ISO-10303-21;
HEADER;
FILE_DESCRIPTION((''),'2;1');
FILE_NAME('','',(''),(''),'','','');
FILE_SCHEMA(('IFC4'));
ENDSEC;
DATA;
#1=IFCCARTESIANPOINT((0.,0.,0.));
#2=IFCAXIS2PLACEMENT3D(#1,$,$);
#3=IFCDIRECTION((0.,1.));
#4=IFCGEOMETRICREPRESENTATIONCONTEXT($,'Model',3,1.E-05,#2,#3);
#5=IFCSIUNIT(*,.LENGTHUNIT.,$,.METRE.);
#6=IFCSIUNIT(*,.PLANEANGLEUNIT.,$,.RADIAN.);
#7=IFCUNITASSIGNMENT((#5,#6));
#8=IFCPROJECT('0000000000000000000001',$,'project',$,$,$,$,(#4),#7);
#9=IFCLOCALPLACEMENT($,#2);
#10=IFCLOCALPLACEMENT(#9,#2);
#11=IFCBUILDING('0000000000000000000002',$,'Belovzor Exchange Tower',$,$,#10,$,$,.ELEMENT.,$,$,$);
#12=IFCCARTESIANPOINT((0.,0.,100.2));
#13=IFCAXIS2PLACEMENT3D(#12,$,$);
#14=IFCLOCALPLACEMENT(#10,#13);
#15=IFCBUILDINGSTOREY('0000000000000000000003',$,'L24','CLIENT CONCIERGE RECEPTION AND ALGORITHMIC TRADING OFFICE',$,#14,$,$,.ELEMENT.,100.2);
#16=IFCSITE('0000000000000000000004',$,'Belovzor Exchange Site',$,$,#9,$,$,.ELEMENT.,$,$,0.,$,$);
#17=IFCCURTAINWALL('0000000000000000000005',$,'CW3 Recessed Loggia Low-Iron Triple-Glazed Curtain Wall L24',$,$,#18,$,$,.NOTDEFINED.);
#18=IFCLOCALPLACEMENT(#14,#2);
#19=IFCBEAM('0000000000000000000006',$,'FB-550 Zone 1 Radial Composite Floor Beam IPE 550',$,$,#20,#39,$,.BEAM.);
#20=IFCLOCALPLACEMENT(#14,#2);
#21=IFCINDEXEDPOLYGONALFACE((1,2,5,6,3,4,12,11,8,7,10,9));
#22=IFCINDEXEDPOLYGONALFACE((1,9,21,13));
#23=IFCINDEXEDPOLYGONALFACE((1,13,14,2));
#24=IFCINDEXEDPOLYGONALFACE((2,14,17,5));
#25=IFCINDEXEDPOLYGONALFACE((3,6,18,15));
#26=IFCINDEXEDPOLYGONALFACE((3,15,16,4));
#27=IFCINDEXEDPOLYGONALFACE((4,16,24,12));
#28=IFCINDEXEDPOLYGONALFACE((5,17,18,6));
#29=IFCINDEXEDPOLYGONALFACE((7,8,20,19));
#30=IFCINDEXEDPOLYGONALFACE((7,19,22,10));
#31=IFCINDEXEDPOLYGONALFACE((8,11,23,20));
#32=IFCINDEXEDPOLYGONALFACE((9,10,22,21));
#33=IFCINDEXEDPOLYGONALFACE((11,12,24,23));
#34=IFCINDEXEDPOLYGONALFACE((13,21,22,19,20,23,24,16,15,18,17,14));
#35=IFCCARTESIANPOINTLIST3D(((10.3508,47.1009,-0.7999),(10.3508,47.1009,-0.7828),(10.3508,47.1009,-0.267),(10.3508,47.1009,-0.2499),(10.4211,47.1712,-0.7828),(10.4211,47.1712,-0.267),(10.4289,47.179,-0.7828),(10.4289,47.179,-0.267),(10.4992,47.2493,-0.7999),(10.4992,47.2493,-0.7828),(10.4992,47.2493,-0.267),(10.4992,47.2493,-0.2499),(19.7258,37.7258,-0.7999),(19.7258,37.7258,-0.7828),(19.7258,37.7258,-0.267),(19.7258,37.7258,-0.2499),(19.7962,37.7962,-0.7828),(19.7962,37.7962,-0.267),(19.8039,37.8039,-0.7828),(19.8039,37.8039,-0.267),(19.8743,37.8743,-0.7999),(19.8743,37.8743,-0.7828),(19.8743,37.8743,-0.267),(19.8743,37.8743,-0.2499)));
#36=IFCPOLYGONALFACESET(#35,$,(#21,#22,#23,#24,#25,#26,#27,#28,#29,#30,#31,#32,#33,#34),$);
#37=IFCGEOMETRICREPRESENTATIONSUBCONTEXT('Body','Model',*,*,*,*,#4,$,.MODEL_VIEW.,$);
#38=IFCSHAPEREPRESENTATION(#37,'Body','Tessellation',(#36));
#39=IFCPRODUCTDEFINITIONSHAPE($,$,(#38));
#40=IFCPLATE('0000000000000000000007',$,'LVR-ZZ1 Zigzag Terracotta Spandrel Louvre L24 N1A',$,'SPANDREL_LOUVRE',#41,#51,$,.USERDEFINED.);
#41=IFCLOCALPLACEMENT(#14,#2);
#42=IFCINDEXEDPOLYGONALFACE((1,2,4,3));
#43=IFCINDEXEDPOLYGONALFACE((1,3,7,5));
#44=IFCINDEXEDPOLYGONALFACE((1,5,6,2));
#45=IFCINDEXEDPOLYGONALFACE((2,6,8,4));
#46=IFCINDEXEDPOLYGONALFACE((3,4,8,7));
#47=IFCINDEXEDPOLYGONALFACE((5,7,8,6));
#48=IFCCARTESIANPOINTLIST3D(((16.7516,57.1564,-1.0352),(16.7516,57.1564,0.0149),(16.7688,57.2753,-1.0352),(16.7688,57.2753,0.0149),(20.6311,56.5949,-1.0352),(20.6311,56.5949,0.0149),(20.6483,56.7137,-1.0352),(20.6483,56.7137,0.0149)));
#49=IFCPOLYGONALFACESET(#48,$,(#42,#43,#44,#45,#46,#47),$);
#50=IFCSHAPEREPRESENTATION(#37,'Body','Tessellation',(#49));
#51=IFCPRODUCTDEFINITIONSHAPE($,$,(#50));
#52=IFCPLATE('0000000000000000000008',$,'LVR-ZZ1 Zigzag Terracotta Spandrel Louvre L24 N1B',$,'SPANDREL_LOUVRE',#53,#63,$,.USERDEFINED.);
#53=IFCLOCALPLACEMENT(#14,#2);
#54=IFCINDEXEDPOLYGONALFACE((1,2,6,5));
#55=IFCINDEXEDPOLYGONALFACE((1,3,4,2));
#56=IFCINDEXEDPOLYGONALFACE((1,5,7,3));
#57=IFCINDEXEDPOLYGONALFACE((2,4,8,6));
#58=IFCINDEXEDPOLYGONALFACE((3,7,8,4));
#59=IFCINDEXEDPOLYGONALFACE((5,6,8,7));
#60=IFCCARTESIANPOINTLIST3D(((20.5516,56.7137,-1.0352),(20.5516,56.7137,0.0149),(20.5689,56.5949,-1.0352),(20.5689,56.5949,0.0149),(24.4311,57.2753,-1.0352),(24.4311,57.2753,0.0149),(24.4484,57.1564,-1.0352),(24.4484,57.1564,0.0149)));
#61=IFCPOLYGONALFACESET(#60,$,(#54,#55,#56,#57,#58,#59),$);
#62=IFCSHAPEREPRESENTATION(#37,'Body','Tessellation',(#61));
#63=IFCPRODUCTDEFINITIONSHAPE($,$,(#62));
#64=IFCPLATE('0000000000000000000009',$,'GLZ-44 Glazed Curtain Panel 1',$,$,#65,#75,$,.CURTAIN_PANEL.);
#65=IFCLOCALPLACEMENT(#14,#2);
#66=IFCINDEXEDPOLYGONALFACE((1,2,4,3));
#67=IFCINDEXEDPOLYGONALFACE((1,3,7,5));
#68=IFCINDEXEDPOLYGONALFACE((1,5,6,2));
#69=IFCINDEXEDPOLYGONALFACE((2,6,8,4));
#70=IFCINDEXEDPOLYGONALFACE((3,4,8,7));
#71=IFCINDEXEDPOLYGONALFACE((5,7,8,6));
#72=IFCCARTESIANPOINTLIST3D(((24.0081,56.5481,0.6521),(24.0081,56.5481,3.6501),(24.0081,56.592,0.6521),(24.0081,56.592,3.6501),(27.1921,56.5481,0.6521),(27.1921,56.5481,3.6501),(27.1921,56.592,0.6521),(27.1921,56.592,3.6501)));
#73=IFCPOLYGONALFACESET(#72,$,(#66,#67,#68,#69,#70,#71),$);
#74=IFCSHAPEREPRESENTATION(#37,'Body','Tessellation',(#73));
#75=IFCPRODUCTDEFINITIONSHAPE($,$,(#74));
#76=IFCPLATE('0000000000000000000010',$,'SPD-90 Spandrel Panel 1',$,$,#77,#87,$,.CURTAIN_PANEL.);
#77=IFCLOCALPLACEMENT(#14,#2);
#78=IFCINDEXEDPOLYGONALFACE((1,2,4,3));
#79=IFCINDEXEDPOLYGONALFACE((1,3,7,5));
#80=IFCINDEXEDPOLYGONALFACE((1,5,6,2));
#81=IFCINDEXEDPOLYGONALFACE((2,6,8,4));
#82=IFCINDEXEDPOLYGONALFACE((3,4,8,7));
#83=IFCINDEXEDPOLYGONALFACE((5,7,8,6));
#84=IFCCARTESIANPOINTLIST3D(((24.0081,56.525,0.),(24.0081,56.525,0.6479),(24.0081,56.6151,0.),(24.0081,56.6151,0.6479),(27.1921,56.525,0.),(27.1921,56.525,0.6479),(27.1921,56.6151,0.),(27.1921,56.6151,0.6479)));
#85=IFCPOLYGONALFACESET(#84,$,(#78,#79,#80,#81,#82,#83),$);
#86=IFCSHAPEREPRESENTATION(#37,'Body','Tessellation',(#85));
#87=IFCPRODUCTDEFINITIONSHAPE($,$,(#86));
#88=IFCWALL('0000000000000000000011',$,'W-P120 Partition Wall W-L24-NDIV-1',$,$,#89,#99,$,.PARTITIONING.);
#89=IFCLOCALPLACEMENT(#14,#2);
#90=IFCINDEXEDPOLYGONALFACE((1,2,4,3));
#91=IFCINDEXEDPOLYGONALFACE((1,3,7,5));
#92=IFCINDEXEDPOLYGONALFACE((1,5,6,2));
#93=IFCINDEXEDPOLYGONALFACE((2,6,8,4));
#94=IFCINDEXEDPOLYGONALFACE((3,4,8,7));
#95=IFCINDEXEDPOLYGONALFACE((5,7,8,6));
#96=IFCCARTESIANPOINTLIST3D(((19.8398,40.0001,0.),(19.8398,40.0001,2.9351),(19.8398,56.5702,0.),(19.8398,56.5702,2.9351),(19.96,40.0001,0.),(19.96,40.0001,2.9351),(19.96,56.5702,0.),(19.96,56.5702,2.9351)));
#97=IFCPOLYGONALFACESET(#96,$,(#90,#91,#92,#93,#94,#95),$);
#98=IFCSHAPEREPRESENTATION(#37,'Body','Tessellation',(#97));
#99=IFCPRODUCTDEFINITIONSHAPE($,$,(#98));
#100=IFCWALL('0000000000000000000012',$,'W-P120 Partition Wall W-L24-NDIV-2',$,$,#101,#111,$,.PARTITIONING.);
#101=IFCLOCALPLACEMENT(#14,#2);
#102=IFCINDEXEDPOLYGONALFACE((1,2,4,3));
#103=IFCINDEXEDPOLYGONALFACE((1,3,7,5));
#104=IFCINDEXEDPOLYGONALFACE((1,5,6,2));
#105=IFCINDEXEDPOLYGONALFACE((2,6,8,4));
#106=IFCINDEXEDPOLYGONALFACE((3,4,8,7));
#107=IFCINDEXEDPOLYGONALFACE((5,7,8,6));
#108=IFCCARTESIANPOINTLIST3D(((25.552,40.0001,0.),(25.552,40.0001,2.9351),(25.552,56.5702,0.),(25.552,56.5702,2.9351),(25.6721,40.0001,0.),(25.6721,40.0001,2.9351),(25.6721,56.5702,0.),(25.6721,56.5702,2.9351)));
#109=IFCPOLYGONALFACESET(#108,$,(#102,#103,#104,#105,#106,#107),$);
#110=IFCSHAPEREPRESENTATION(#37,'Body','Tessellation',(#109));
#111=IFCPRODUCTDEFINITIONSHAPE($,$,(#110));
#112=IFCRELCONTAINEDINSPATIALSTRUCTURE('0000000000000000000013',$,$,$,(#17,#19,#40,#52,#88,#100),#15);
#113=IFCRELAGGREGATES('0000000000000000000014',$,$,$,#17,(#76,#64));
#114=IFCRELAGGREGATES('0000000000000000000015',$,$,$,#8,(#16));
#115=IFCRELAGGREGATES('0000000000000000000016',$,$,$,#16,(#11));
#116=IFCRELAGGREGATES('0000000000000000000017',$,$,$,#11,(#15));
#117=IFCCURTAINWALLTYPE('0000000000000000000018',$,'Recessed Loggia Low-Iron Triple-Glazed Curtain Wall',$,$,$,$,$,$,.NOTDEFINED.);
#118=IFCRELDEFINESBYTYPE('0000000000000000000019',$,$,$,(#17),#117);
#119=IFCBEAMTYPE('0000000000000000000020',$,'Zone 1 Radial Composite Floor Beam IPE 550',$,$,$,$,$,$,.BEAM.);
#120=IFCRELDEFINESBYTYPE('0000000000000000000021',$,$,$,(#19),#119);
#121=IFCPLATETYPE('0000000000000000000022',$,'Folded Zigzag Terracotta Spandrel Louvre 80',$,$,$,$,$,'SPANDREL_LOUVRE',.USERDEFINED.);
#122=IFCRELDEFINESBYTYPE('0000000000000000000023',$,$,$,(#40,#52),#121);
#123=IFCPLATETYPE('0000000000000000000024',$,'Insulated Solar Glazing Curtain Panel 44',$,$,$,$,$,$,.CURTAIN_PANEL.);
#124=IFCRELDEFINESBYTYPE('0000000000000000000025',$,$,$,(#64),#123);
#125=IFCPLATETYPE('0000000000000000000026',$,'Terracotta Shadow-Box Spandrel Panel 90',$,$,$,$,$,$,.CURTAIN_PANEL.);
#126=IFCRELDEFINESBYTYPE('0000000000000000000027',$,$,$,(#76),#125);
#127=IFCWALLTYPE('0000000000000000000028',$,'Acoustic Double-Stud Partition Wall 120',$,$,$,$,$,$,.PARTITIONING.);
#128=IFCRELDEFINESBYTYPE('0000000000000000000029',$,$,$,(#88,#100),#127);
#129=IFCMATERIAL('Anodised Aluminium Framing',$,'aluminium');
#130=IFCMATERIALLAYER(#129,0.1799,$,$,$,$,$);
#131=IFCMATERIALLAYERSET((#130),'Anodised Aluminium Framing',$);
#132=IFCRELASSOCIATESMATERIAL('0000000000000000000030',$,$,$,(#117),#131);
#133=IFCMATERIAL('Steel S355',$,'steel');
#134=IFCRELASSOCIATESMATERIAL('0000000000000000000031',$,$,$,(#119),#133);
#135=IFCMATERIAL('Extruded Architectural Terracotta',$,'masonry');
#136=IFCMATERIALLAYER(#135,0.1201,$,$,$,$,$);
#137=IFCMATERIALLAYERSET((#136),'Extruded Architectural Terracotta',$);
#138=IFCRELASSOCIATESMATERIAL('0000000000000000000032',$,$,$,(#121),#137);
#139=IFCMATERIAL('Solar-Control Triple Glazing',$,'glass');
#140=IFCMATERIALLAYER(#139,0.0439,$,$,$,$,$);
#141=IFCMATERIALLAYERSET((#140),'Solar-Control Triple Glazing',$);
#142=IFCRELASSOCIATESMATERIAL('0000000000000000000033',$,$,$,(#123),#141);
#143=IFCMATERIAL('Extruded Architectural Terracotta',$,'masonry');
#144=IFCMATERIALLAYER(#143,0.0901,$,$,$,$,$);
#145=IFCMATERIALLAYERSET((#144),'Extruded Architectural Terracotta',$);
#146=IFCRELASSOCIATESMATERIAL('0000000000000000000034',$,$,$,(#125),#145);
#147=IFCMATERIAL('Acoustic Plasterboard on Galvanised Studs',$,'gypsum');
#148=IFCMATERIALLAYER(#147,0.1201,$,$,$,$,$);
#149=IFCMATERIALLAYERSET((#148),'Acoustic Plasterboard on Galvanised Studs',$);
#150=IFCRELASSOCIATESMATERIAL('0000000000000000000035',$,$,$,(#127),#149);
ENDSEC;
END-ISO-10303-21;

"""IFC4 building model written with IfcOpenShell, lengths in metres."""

from ifc_helpers import new_model, si_unit, direction, frame, frame_2d, origin, origin_2d, place, context, subcontext, project, spatial, rectangle, i_section, extrude, material, layer, layer_set, material_profile, profile_set, type_object, element, aggregate, save


model = new_model("IFC4")

# Units and contexts
model_context = context("Model", 3, precision=1e-05, world=origin(), true_north=direction((0.0, 1.0)))
body_context = subcontext(model_context, "Body", "Model", "MODEL_VIEW")
ifc_project = project(units=[si_unit("LENGTHUNIT", "METRE"), si_unit("PLANEANGLEUNIT", "RADIAN")], contexts=[model_context])

# Site, building, storey
site_placement = place(None, origin())
site = spatial("IfcSite", under=ifc_project, at=site_placement, Name="Belovzor Exchange Site", CompositionType="ELEMENT", RefElevation=0.0)
building_placement = place(site_placement, origin())
building = spatial("IfcBuilding", under=site, at=building_placement, Name="Belovzor Exchange Tower", CompositionType="ELEMENT")
storey_placement = place(building_placement, frame((0.0, 0.0, 100.2)))
storey = spatial("IfcBuildingStorey", under=building, at=storey_placement, Name="L24", Description="CLIENT CONCIERGE RECEPTION AND ALGORITHMIC TRADING OFFICE", CompositionType="ELEMENT", Elevation=100.2)

# Curtain wall
ifc_material_1 = material(Name="Anodised Aluminium Framing", Category="aluminium")
ifc_layer_1 = layer(ifc_material_1, 0.1799)
ifc_layer_set_1 = layer_set([ifc_layer_1], Name="Anodised Aluminium Framing")
curtain_wall_type = type_object("IfcCurtainWallType", Name="Recessed Loggia Low-Iron Triple-Glazed Curtain Wall", PredefinedType="NOTDEFINED", material=ifc_layer_set_1)
curtain_wall_placement = place(storey_placement, origin())
curtain_wall = element("IfcCurtainWall", 1, at=curtain_wall_placement, inside=storey, type_object=curtain_wall_type, Name="CW3 Recessed Loggia Low-Iron Triple-Glazed Curtain Wall L24", PredefinedType="NOTDEFINED")

# Beam
ifc_material_2 = material(Name="Steel S355", Category="steel")
ifc_material_profile_1 = material_profile(ifc_material_2, i_section(OverallWidth=0.21, OverallDepth=0.55, WebThickness=0.011, FlangeThickness=0.0171, at=origin_2d()))
ifc_profile_set_1 = profile_set([ifc_material_profile_1], Name="Steel S355")
beam_type_1 = type_object("IfcBeamType", Name="Zone 1 Radial Composite Floor Beam IPE 550", PredefinedType="BEAM", material=ifc_profile_set_1)
beam_1_placement = place(storey_placement, frame((19.8, 37.8, -0.5249), z_axis=(-0.707107, 0.707107, 0.0), x_axis=(-0.707107, -0.707107, 0.0)))
element("IfcBeam", 2, at=beam_1_placement, inside=storey, type_object=beam_type_1, Name="FB-550 Zone 1 Radial Composite Floor Beam IPE 550", PredefinedType="BEAM", context=body_context, shape_type="SweptSolid", body=[
    extrude(i_section(OverallWidth=0.21, OverallDepth=0.55, WebThickness=0.011, FlangeThickness=0.0171, at=origin_2d()), origin(), (0.0, 0.0, 1.0), 13.2583),
])

# Plates
ifc_material_3 = material(Name="Extruded Architectural Terracotta", Category="masonry")
ifc_layer_2 = layer(ifc_material_3, 0.1201)
ifc_layer_set_2 = layer_set([ifc_layer_2], Name="Extruded Architectural Terracotta")
plate_type_1 = type_object("IfcPlateType", Name="Folded Zigzag Terracotta Spandrel Louvre 80", ElementType="SPANDREL_LOUVRE", PredefinedType="USERDEFINED", material=ifc_layer_set_2)
for number, where, z_axis, x_axis, name in (
    (3, (18.7, 56.9351, -1.0352), (0.0, 0.0, 1.0), (0.989686, -0.143251, 0.0), "LVR-ZZ1 Zigzag Terracotta Spandrel Louvre L24 N1A"),
    (4, (22.5, 56.9351, -1.0352), (0.0, 0.0, 1.0), (0.989686, 0.143251, 0.0), "LVR-ZZ1 Zigzag Terracotta Spandrel Louvre L24 N1B"),
):
    element("IfcPlate", number, at=place(storey_placement, frame(where, z_axis=z_axis, x_axis=x_axis)), inside=storey, type_object=plate_type_1, Name=name, ObjectType="SPANDREL_LOUVRE", PredefinedType="USERDEFINED", context=body_context, shape_type="SweptSolid", body=[
        extrude(rectangle(XDim=3.9199, YDim=0.1201, at=origin_2d()), origin(), (0.0, 0.0, 1.0), 1.05),
    ])

# Plates
ifc_material_4 = material(Name="Solar-Control Triple Glazing", Category="glass")
ifc_layer_3 = layer(ifc_material_4, 0.0439)
ifc_layer_set_3 = layer_set([ifc_layer_3], Name="Solar-Control Triple Glazing")
plate_type_2 = type_object("IfcPlateType", Name="Insulated Solar Glazing Curtain Panel 44", PredefinedType="CURTAIN_PANEL", material=ifc_layer_set_3)
plate_1_placement = place(storey_placement, frame((25.6001, 56.5701, 0.6521), z_axis=(0.0, 0.0, 1.0), x_axis=(1.0, 0.0, 0.0)))
plate_1 = element("IfcPlate", 5, at=plate_1_placement, type_object=plate_type_2, Name="GLZ-44 Glazed Curtain Panel 1", PredefinedType="CURTAIN_PANEL", context=body_context, shape_type="SweptSolid", body=[
    extrude(rectangle(XDim=3.1841, YDim=0.0439, at=origin_2d()), origin(), (0.0, 0.0, 1.0), 2.998),
])
ifc_material_5 = material(Name="Extruded Architectural Terracotta", Category="masonry")
ifc_layer_4 = layer(ifc_material_5, 0.0901)
ifc_layer_set_4 = layer_set([ifc_layer_4], Name="Extruded Architectural Terracotta")
plate_type_3 = type_object("IfcPlateType", Name="Terracotta Shadow-Box Spandrel Panel 90", PredefinedType="CURTAIN_PANEL", material=ifc_layer_set_4)
plate_2_placement = place(storey_placement, frame((25.6001, 56.5701, 0.0), z_axis=(0.0, 0.0, 1.0), x_axis=(1.0, 0.0, 0.0)))
plate_2 = element("IfcPlate", 6, at=plate_2_placement, type_object=plate_type_3, Name="SPD-90 Spandrel Panel 1", PredefinedType="CURTAIN_PANEL", context=body_context, shape_type="SweptSolid", body=[
    extrude(rectangle(XDim=3.1841, YDim=0.0901, at=origin_2d()), origin(), (0.0, 0.0, 1.0), 0.6479),
])
aggregate(curtain_wall, [plate_2, plate_1])

# Walls
ifc_material_6 = material(Name="Acoustic Plasterboard on Galvanised Studs", Category="gypsum")
ifc_layer_5 = layer(ifc_material_6, 0.1201)
ifc_layer_set_5 = layer_set([ifc_layer_5], Name="Acoustic Plasterboard on Galvanised Studs")
wall_type_1 = type_object("IfcWallType", Name="Acoustic Double-Stud Partition Wall 120", PredefinedType="PARTITIONING", material=ifc_layer_set_5)
for number, where, z_axis, x_axis, name in (
    (7, (19.8999, 40.0, 0.0), (0.0, 0.0, 1.0), (0.0, 1.0, 0.0), "W-P120 Partition Wall W-L24-NDIV-1"),
    (8, (25.6121, 40.0, 0.0), (0.0, 0.0, 1.0), (0.0, 1.0, 0.0), "W-P120 Partition Wall W-L24-NDIV-2"),
):
    element("IfcWall", number, at=place(storey_placement, frame(where, z_axis=z_axis, x_axis=x_axis)), inside=storey, type_object=wall_type_1, Name=name, PredefinedType="PARTITIONING", context=body_context, shape_type="SweptSolid", body=[
        extrude(rectangle(XDim=16.5701, YDim=0.1201, at=frame_2d((8.2852, 0.0))), origin(), (0.0, 0.0, 1.0), 2.9351),
    ])

save(model, "model.ifc")
